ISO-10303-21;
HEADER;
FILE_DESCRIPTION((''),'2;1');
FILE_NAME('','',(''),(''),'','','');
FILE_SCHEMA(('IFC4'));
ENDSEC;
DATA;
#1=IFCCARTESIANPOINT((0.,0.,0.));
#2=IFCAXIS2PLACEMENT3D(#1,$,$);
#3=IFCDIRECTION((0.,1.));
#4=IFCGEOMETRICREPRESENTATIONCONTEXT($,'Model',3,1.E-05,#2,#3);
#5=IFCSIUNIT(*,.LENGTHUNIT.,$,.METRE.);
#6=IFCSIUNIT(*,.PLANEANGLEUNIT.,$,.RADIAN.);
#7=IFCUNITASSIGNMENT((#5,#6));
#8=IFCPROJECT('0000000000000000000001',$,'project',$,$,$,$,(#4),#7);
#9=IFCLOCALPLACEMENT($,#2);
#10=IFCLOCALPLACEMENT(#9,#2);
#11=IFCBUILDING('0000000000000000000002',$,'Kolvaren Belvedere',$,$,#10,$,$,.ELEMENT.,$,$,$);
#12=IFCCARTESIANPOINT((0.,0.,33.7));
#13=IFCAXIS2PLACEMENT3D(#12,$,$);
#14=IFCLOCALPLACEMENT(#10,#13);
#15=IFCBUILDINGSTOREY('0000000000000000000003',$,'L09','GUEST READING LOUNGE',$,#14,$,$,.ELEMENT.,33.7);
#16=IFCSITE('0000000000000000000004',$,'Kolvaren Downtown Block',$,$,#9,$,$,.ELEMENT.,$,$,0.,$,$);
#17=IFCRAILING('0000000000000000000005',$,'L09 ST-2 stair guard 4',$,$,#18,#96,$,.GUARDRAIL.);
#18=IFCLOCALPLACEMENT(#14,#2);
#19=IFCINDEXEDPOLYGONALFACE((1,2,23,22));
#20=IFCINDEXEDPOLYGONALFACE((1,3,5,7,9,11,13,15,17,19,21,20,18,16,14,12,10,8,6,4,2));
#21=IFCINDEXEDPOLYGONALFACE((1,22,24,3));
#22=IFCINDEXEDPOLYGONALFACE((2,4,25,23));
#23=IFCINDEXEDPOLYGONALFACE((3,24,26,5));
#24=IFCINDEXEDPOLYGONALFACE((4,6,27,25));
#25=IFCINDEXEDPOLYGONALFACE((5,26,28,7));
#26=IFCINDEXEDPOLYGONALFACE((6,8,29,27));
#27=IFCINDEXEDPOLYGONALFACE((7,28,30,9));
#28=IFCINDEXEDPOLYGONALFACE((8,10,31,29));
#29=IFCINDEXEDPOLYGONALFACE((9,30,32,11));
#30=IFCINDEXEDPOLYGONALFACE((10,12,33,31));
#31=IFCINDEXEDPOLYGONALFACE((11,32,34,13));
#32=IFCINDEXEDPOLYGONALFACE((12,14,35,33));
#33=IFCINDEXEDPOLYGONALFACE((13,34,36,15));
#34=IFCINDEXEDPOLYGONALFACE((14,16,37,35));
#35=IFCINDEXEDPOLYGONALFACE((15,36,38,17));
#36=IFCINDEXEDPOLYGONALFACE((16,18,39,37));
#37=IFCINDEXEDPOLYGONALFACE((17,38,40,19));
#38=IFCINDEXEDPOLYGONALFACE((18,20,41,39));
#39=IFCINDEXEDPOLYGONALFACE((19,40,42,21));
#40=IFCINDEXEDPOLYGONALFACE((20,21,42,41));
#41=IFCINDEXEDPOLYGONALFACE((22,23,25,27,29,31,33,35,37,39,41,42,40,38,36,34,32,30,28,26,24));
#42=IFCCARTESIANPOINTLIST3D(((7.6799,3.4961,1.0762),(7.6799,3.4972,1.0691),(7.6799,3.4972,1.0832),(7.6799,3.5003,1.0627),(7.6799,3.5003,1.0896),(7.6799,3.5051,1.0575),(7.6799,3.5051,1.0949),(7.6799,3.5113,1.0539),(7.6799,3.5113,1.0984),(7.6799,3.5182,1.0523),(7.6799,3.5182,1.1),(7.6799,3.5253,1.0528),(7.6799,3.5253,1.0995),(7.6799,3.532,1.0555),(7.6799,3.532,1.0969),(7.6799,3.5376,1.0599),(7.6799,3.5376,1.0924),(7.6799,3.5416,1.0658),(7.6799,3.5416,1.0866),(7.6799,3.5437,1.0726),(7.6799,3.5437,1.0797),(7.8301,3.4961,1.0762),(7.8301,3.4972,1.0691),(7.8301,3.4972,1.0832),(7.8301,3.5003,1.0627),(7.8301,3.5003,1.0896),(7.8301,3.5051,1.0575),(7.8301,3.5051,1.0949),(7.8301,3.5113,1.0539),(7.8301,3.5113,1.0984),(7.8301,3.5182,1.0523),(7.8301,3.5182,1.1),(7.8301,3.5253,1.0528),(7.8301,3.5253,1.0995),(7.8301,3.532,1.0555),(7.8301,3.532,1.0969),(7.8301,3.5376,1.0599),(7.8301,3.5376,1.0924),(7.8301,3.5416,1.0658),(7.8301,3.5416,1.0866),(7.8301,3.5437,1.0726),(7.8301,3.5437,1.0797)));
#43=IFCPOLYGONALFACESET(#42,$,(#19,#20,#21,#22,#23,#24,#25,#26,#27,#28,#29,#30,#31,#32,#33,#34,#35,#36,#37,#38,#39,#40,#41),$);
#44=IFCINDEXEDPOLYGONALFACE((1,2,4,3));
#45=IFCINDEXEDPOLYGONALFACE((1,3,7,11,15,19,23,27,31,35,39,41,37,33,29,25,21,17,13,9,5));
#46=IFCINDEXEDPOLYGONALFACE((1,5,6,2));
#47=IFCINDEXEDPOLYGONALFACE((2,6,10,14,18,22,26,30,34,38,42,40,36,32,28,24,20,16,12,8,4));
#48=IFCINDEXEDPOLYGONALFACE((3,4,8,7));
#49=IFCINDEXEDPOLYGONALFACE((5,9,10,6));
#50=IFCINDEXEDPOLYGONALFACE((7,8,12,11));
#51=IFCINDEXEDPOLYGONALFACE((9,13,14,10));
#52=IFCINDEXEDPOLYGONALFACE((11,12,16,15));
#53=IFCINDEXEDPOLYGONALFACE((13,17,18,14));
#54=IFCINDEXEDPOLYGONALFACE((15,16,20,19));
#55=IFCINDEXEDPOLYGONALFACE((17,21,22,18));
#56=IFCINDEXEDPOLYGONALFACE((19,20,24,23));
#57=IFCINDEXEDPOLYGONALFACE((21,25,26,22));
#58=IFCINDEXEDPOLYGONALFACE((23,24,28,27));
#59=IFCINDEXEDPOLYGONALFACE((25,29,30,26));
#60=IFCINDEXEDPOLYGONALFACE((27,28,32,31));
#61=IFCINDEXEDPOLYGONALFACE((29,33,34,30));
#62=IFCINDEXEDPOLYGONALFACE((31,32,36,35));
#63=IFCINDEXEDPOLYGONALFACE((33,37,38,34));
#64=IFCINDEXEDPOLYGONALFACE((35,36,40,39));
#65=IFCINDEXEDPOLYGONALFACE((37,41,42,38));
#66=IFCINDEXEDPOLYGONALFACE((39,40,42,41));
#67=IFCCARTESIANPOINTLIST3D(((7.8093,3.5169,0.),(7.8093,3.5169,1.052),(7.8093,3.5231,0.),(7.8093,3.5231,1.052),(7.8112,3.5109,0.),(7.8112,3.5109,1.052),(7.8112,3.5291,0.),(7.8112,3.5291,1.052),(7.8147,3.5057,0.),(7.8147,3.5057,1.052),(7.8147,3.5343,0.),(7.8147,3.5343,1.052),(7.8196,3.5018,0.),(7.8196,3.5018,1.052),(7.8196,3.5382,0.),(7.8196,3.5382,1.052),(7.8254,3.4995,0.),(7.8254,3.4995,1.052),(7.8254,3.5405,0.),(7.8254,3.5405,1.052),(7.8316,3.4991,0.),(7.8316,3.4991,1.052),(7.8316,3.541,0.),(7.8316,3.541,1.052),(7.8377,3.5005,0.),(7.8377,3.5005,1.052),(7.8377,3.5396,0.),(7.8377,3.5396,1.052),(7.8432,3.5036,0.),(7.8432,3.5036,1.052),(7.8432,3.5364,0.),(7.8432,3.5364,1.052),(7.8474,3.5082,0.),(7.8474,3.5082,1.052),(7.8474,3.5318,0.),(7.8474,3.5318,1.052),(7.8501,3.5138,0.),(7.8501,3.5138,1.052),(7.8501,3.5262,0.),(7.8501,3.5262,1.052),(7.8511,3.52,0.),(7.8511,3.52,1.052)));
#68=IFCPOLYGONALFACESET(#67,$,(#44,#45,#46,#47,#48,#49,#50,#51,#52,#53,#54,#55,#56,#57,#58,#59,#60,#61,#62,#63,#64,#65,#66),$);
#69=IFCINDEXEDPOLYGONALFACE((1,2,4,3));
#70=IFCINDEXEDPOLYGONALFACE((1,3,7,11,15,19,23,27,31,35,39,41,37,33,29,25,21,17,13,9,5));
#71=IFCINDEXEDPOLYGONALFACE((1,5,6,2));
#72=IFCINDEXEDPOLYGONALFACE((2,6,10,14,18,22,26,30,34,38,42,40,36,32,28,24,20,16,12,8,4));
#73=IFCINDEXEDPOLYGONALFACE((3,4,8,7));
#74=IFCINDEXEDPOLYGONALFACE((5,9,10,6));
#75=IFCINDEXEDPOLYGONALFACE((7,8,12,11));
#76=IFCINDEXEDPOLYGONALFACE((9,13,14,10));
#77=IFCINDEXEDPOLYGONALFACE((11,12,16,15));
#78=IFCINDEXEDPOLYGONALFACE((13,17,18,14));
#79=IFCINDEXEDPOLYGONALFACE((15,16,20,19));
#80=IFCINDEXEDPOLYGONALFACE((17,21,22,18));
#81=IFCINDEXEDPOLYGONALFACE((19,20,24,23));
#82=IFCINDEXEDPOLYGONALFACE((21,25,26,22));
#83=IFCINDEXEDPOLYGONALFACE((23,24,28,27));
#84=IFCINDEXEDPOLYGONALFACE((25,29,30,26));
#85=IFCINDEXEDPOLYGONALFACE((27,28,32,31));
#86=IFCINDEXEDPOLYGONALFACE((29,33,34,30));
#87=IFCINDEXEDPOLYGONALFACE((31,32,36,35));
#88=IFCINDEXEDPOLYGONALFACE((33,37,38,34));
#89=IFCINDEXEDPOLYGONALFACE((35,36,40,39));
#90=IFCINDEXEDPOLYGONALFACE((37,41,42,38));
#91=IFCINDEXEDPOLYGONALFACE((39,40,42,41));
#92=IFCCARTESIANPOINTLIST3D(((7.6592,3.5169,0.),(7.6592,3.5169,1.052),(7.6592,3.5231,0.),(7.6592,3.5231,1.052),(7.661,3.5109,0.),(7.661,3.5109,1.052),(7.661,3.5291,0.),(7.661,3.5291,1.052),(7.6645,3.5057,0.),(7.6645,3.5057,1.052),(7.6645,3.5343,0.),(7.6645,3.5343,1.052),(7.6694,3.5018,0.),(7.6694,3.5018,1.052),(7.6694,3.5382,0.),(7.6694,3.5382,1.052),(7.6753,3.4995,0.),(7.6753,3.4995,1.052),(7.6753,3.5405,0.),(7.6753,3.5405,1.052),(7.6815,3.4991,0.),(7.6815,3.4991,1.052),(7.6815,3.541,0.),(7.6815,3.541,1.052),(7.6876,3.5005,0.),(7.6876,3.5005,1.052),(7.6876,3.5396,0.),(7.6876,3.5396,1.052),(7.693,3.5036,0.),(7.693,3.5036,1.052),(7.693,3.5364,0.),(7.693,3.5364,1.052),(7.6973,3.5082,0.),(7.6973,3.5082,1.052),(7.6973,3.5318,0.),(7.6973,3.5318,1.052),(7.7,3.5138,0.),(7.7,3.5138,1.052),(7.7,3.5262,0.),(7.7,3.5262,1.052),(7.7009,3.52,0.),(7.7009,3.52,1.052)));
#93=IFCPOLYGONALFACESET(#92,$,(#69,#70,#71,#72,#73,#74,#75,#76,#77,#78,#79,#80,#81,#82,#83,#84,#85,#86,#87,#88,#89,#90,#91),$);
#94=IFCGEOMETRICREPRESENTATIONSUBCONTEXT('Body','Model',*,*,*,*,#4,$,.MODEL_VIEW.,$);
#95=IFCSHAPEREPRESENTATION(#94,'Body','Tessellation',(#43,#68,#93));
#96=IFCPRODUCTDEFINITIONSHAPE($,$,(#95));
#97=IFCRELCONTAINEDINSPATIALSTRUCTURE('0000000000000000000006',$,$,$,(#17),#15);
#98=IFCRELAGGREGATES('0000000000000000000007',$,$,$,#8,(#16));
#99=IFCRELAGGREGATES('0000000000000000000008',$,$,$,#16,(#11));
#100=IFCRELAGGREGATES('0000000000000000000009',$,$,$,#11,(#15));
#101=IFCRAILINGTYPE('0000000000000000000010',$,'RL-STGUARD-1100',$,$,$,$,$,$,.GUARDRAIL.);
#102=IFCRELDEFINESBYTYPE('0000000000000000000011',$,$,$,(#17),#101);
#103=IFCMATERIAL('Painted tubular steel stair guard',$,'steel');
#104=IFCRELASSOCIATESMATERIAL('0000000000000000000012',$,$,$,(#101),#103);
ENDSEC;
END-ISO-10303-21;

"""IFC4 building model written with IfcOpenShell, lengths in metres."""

from ifc_helpers import new_model, si_unit, direction, frame, origin, origin_2d, place, context, subcontext, project, spatial, circle, extrude, material, type_object, element, save


model = new_model("IFC4")

# Units and contexts
model_context = context("Model", 3, precision=1e-05, world=origin(), true_north=direction((0.0, 1.0)))
body_context = subcontext(model_context, "Body", "Model", "MODEL_VIEW")
ifc_project = project(units=[si_unit("LENGTHUNIT", "METRE"), si_unit("PLANEANGLEUNIT", "RADIAN")], contexts=[model_context])

# Site, building, storey
site_placement = place(None, origin())
site = spatial("IfcSite", under=ifc_project, at=site_placement, Name="Kolvaren Downtown Block", CompositionType="ELEMENT", RefElevation=0.0)
building_placement = place(site_placement, origin())
building = spatial("IfcBuilding", under=site, at=building_placement, Name="Kolvaren Belvedere", CompositionType="ELEMENT")
storey_placement = place(building_placement, frame((0.0, 0.0, 33.7)))
storey = spatial("IfcBuildingStorey", under=building, at=storey_placement, Name="L09", Description="GUEST READING LOUNGE", CompositionType="ELEMENT", Elevation=33.7)

# Railing
ifc_material_1 = material(Name="Painted tubular steel stair guard", Category="steel")
railing_type_1 = type_object("IfcRailingType", Name="RL-STGUARD-1100", PredefinedType="GUARDRAIL", material=ifc_material_1)
railing_1_placement = place(storey_placement, frame((7.8301, 3.52, 0.0)))
element("IfcRailing", 1, at=railing_1_placement, inside=storey, type_object=railing_type_1, Name="L09 ST-2 stair guard 4", PredefinedType="GUARDRAIL", context=body_context, shape_type="SweptSolid", body=[
    extrude(circle(Radius=0.0239, at=origin_2d()), frame((0.0, 0.0, 1.0762), z_axis=(-1.0, 0.0, 0.0), x_axis=(0.0, -1.0, 0.0)), (0.0, 0.0, 1.0), 0.1501),
    extrude(circle(Radius=0.021, at=origin_2d()), origin(), (0.0, 0.0, 1.0), 1.052),
    extrude(circle(Radius=0.021, at=origin_2d()), frame((-0.1501, 0.0, 0.0)), (0.0, 0.0, 1.0), 1.052),
])

save(model, "model.ifc")
